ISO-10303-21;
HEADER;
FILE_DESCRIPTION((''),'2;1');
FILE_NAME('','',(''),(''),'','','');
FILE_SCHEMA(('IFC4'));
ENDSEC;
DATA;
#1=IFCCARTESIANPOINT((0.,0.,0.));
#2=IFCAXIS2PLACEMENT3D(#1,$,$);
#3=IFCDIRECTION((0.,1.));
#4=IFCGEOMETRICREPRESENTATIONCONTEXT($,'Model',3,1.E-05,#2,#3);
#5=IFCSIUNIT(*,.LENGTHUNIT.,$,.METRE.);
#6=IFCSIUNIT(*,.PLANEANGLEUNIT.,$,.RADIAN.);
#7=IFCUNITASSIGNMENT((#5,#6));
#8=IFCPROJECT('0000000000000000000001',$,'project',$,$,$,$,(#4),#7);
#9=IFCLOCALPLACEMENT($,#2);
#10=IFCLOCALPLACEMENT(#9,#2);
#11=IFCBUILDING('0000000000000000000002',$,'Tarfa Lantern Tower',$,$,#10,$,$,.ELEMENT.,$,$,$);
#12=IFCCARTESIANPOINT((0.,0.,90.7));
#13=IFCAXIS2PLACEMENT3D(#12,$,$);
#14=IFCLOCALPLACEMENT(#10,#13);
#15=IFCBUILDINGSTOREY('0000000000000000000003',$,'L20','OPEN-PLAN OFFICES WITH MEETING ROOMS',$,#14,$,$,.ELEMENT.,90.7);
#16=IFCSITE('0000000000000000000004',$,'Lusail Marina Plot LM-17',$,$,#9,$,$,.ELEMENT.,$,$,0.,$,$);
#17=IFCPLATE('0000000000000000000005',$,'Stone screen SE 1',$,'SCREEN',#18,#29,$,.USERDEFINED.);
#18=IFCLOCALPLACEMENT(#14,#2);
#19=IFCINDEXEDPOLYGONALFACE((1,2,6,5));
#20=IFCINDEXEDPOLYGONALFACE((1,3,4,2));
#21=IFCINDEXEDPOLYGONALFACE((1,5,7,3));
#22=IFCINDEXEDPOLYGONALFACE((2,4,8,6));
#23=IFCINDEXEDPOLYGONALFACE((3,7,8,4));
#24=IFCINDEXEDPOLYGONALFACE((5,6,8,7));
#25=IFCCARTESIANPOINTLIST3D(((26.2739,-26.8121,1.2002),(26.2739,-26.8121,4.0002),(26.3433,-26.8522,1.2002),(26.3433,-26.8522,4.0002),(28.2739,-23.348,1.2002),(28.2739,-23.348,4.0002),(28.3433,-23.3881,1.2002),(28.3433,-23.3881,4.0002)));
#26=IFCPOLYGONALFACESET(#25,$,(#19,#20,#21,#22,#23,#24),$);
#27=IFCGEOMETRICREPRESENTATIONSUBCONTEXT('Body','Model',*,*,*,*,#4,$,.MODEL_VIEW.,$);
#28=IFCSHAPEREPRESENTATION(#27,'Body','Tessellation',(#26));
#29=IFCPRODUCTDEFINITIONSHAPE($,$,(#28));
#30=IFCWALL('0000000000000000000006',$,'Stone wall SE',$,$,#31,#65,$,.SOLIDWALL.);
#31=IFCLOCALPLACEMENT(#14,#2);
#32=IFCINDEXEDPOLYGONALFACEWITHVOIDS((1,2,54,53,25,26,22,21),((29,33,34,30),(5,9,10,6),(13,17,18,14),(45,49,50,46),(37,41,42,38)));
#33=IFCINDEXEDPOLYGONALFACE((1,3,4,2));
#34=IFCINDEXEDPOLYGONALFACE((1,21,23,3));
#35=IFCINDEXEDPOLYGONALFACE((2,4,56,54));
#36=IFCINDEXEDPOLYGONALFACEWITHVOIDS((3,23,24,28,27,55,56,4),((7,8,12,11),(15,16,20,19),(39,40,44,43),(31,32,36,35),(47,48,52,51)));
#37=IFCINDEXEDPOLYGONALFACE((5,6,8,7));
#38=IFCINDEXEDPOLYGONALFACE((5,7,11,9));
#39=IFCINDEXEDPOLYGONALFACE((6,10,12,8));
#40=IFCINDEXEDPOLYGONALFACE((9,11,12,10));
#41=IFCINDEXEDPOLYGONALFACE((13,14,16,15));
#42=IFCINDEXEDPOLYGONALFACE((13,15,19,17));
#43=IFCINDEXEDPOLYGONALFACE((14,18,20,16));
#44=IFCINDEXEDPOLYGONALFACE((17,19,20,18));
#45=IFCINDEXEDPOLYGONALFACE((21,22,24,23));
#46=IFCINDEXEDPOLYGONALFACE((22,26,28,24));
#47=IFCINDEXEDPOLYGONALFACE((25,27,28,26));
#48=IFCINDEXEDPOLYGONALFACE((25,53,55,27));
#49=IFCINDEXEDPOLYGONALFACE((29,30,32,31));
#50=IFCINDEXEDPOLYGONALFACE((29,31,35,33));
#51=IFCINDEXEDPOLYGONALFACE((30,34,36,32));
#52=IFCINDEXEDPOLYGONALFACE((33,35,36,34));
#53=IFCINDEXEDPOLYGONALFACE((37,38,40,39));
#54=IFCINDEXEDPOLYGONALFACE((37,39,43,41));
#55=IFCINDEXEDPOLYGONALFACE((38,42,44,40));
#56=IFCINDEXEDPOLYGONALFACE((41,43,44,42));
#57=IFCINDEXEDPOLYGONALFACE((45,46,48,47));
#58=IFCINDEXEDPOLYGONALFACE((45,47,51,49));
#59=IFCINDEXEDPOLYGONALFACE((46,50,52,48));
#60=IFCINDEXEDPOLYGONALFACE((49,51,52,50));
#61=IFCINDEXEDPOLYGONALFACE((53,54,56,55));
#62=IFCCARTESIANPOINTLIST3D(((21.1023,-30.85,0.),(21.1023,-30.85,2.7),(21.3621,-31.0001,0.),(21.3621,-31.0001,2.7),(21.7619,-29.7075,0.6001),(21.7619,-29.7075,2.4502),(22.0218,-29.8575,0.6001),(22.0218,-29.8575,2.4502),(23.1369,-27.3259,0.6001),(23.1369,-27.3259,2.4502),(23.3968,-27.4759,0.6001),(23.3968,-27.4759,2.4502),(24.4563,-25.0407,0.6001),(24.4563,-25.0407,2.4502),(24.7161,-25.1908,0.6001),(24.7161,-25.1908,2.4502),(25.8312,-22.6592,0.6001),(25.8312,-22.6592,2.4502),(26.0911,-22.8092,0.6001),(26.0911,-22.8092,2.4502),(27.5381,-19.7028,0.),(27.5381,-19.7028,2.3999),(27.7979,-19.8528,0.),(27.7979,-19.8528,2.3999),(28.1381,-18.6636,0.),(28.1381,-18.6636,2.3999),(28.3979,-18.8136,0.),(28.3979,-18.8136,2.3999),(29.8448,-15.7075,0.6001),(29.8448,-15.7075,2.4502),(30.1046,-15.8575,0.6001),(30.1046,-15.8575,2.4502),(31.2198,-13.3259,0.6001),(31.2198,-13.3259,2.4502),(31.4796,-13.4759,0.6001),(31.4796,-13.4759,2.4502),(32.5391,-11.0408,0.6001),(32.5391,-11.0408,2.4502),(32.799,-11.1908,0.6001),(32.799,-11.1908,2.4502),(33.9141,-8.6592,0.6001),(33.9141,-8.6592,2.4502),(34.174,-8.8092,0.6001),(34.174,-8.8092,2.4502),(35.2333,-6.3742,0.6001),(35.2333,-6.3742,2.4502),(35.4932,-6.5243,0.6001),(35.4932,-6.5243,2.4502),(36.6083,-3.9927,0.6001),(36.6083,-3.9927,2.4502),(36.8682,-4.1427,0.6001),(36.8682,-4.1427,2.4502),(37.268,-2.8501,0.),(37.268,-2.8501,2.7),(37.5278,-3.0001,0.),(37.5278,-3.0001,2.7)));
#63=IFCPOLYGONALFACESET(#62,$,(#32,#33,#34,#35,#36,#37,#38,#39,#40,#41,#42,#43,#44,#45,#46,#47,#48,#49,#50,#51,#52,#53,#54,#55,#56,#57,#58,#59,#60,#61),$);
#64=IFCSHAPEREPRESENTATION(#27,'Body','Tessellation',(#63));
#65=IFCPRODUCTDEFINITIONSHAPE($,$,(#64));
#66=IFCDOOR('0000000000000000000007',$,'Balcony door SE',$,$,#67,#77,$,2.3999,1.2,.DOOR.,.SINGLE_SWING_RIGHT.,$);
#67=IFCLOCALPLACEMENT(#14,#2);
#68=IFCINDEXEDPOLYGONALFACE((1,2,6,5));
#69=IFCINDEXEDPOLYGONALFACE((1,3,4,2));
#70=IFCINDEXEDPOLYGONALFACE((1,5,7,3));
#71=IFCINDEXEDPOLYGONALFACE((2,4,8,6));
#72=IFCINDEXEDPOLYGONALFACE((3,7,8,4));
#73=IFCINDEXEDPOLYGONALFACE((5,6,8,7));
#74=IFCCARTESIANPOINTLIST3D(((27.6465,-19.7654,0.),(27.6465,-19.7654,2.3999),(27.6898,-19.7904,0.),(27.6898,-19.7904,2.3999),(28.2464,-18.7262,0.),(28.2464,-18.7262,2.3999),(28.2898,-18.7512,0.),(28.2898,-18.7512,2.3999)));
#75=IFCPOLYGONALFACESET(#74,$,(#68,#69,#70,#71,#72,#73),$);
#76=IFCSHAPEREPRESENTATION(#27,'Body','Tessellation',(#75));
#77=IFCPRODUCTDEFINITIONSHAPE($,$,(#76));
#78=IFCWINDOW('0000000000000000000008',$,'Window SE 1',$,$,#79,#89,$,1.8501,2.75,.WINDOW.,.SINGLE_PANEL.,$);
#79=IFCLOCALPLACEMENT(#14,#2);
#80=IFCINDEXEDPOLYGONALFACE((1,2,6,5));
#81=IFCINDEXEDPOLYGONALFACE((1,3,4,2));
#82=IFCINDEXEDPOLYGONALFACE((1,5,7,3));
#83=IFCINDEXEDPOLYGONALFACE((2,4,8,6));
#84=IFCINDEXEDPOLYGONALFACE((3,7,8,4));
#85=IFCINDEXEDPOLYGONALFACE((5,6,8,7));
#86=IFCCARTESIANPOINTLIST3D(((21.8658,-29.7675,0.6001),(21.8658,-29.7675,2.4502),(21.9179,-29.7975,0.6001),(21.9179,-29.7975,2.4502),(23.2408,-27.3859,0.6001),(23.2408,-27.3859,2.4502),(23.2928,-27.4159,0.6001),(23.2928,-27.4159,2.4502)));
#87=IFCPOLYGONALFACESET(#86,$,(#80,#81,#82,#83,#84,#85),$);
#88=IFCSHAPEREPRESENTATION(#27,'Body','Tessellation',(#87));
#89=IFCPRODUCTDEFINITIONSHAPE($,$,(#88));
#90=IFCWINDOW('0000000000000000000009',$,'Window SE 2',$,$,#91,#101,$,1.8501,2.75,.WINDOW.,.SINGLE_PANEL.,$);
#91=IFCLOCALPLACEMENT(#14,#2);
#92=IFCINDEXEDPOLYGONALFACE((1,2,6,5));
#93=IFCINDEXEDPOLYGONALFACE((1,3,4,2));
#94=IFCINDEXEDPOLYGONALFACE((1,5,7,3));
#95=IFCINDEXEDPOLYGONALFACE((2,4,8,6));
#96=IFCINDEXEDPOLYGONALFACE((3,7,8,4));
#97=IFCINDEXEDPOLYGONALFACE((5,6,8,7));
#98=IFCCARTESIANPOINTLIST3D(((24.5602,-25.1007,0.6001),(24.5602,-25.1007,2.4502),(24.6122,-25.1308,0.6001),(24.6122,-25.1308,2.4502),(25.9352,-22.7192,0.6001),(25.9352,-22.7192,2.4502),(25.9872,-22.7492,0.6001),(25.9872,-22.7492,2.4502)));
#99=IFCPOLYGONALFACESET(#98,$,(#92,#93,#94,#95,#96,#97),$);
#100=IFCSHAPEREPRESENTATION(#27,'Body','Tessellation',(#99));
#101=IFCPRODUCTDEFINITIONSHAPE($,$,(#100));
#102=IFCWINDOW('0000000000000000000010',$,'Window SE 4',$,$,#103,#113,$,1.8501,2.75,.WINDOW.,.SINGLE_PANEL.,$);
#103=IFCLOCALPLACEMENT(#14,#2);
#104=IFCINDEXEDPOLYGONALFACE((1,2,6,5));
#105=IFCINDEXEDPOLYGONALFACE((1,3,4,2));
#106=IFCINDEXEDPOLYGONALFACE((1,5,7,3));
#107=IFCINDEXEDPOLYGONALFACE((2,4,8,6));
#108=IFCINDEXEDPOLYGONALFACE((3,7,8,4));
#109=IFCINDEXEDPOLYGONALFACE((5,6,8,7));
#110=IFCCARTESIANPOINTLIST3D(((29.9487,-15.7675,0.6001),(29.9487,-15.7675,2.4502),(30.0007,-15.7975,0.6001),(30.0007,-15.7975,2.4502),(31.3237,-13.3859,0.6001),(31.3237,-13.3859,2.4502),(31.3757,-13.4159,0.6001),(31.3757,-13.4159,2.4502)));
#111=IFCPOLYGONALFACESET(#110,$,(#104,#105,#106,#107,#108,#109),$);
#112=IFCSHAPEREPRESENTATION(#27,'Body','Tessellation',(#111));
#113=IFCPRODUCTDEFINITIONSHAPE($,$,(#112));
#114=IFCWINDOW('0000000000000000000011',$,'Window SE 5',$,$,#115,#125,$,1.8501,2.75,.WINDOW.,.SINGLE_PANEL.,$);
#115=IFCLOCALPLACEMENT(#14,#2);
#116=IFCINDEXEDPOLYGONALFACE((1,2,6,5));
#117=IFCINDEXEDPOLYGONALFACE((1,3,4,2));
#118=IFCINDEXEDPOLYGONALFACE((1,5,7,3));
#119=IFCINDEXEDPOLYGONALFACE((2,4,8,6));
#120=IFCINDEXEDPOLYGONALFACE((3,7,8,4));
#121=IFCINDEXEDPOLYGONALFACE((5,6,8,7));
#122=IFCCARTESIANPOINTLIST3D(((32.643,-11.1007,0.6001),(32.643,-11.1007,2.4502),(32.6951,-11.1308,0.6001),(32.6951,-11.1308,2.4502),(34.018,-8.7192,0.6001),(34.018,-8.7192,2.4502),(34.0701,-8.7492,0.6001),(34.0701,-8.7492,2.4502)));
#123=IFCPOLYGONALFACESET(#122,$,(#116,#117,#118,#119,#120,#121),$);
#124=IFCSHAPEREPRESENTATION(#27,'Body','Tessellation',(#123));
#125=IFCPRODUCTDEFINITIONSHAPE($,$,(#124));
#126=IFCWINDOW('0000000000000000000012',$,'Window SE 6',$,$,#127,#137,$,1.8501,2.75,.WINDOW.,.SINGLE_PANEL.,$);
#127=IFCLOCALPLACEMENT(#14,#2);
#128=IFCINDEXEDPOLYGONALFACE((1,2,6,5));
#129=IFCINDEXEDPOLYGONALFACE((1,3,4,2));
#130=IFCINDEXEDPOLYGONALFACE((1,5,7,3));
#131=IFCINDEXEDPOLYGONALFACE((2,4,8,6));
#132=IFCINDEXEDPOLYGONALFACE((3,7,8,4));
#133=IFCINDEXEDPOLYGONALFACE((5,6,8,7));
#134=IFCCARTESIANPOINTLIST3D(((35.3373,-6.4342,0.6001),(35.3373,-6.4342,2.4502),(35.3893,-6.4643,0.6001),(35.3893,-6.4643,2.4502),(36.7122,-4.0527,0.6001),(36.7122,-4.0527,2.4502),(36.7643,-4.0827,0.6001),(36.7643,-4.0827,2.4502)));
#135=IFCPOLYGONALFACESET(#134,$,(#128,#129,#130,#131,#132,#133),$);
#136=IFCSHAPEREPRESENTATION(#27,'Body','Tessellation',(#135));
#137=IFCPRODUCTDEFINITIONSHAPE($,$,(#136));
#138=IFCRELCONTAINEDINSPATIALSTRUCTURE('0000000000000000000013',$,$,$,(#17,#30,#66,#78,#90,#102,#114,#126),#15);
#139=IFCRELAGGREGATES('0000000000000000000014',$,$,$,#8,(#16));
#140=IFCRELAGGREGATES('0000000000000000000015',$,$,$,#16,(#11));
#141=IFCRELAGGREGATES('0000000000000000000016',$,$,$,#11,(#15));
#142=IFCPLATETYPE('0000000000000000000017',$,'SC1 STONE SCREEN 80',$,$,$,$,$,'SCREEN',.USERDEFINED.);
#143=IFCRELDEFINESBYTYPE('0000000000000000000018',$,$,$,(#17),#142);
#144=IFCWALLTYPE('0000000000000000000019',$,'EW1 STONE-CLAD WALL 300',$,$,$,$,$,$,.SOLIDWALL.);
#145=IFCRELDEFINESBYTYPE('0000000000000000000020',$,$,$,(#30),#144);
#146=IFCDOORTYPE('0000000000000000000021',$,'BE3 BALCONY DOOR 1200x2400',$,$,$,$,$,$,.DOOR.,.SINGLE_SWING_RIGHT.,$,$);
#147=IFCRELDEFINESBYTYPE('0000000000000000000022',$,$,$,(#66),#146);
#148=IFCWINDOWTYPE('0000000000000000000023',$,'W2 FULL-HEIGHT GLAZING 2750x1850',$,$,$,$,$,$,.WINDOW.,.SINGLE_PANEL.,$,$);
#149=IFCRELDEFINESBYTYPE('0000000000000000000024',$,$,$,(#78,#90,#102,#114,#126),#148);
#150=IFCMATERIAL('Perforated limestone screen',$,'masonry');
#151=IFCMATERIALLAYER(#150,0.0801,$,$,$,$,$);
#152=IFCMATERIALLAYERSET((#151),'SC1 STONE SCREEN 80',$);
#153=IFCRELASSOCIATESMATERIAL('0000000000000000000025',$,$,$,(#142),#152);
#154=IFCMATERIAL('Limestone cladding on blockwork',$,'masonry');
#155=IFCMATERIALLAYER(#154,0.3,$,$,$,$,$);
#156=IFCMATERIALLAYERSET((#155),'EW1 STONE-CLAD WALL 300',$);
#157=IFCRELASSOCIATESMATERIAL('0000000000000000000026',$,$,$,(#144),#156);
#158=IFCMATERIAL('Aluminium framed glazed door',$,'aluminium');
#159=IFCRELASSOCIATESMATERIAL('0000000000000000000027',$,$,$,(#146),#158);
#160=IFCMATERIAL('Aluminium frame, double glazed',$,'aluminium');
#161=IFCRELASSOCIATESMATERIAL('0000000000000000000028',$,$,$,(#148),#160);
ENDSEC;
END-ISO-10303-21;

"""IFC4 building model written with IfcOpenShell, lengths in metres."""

from ifc_helpers import new_model, si_unit, direction, frame, frame_2d, origin, origin_2d, place, context, subcontext, project, spatial, rectangle, extrude, material, layer, layer_set, type_object, element, fill, save


model = new_model("IFC4")

# Units and contexts
model_context = context("Model", 3, precision=1e-05, world=origin(), true_north=direction((0.0, 1.0)))
body_context = subcontext(model_context, "Body", "Model", "MODEL_VIEW")
ifc_project = project(units=[si_unit("LENGTHUNIT", "METRE"), si_unit("PLANEANGLEUNIT", "RADIAN")], contexts=[model_context])

# Site, building, storey
site_placement = place(None, origin())
site = spatial("IfcSite", under=ifc_project, at=site_placement, Name="Lusail Marina Plot LM-17", CompositionType="ELEMENT", RefElevation=0.0)
building_placement = place(site_placement, origin())
building = spatial("IfcBuilding", under=site, at=building_placement, Name="Tarfa Lantern Tower", CompositionType="ELEMENT")
storey_placement = place(building_placement, frame((0.0, 0.0, 90.7)))
storey = spatial("IfcBuildingStorey", under=building, at=storey_placement, Name="L20", Description="OPEN-PLAN OFFICES WITH MEETING ROOMS", CompositionType="ELEMENT", Elevation=90.7)

# Plate
ifc_material_1 = material(Name="Perforated limestone screen", Category="masonry")
ifc_layer_1 = layer(ifc_material_1, 0.0801)
ifc_layer_set_1 = layer_set([ifc_layer_1], Name="SC1 STONE SCREEN 80")
plate_type = type_object("IfcPlateType", Name="SC1 STONE SCREEN 80", ElementType="SCREEN", PredefinedType="USERDEFINED", material=ifc_layer_set_1)
plate_placement = place(storey_placement, frame((27.3086, -25.1001, 1.2002), z_axis=(0.0, 0.0, 1.0), x_axis=(0.5, 0.866025, 0.0)))
element("IfcPlate", 1, at=plate_placement, inside=storey, type_object=plate_type, Name="Stone screen SE 1", ObjectType="SCREEN", PredefinedType="USERDEFINED", context=body_context, shape_type="SweptSolid", body=[
    extrude(rectangle(XDim=4.0, YDim=0.0801, at=origin_2d()), origin(), (0.0, 0.0, 1.0), 2.8),
])

# Wall, openings, door, windows
ifc_material_2 = material(Name="Limestone cladding on blockwork", Category="masonry")
ifc_layer_2 = layer(ifc_material_2, 0.3)
ifc_layer_set_2 = layer_set([ifc_layer_2], Name="EW1 STONE-CLAD WALL 300")
wall_type_1 = type_object("IfcWallType", Name="EW1 STONE-CLAD WALL 300", PredefinedType="SOLIDWALL", material=ifc_layer_set_2)
wall_1_placement = place(storey_placement, frame((21.2322, -30.925, 0.0), z_axis=(0.0, 0.0, 1.0), x_axis=(0.499999, 0.866026, 0.0)))
wall_1 = element("IfcWall", 2, at=wall_1_placement, inside=storey, type_object=wall_type_1, Name="Stone wall SE", PredefinedType="SOLIDWALL", context=body_context, shape_type="SweptSolid", body=[
    extrude(rectangle(XDim=32.3315, YDim=0.3, at=frame_2d((16.1658, 0.0))), origin(), (0.0, 0.0, 1.0), 2.7),
])
opening_1_placement = place(wall_1_placement, frame((1.3193, 0.0, 0.6001)))
opening_1 = element("IfcOpeningElement", 3, at=opening_1_placement, cuts=wall_1, PredefinedType="OPENING", context=body_context, shape_type="SweptSolid", body=[
    extrude(rectangle(XDim=2.75, YDim=1.8501, at=frame_2d((1.375, 0.925))), frame((0.0, 0.1599, 0.0), z_axis=(0.0, -1.0, 0.0), x_axis=(1.0, 0.0, 0.0)), (0.0, 0.0, 1.0), 0.3201),
])
opening_2_placement = place(wall_1_placement, frame((6.708, 0.0, 0.6001)))
opening_2 = element("IfcOpeningElement", 4, at=opening_2_placement, cuts=wall_1, PredefinedType="OPENING", context=body_context, shape_type="SweptSolid", body=[
    extrude(rectangle(XDim=2.75, YDim=1.8501, at=frame_2d((1.375, 0.925))), frame((0.0, 0.1599, 0.0), z_axis=(0.0, -1.0, 0.0), x_axis=(1.0, 0.0, 0.0)), (0.0, 0.0, 1.0), 0.3201),
])
opening_3_placement = place(wall_1_placement, frame((12.8716, 0.0, 0.0)))
opening_3 = element("IfcOpeningElement", 5, at=opening_3_placement, cuts=wall_1, PredefinedType="OPENING", context=body_context, shape_type="SweptSolid", body=[
    extrude(rectangle(XDim=1.2, YDim=2.3999, at=frame_2d((0.6001, 1.2))), frame((0.0, 0.1599, 0.0), z_axis=(0.0, -1.0, 0.0), x_axis=(1.0, 0.0, 0.0)), (0.0, 0.0, 1.0), 0.3201),
])
opening_4_placement = place(wall_1_placement, frame((17.4851, 0.0, 0.6001)))
opening_4 = element("IfcOpeningElement", 6, at=opening_4_placement, cuts=wall_1, PredefinedType="OPENING", context=body_context, shape_type="SweptSolid", body=[
    extrude(rectangle(XDim=2.75, YDim=1.8501, at=frame_2d((1.375, 0.925))), frame((0.0, 0.1599, 0.0), z_axis=(0.0, -1.0, 0.0), x_axis=(1.0, 0.0, 0.0)), (0.0, 0.0, 1.0), 0.3201),
])
opening_5_placement = place(wall_1_placement, frame((22.8738, 0.0, 0.6001)))
opening_5 = element("IfcOpeningElement", 7, at=opening_5_placement, cuts=wall_1, PredefinedType="OPENING", context=body_context, shape_type="SweptSolid", body=[
    extrude(rectangle(XDim=2.75, YDim=1.8501, at=frame_2d((1.375, 0.925))), frame((0.0, 0.1599, 0.0), z_axis=(0.0, -1.0, 0.0), x_axis=(1.0, 0.0, 0.0)), (0.0, 0.0, 1.0), 0.3201),
])
opening_6_placement = place(wall_1_placement, frame((28.2622, 0.0, 0.6001)))
opening_6 = element("IfcOpeningElement", 8, at=opening_6_placement, cuts=wall_1, PredefinedType="OPENING", context=body_context, shape_type="SweptSolid", body=[
    extrude(rectangle(XDim=2.75, YDim=1.8501, at=frame_2d((1.375, 0.925))), frame((0.0, 0.1599, 0.0), z_axis=(0.0, -1.0, 0.0), x_axis=(1.0, 0.0, 0.0)), (0.0, 0.0, 1.0), 0.3201),
])
ifc_material_3 = material(Name="Aluminium framed glazed door", Category="aluminium")
door_type_1 = type_object("IfcDoorType", Name="BE3 BALCONY DOOR 1200x2400", OperationType="SINGLE_SWING_RIGHT", PredefinedType="DOOR", material=ifc_material_3)
door_1_placement = place(opening_3_placement, origin())
door_1 = element("IfcDoor", 9, at=door_1_placement, inside=storey, type_object=door_type_1, Name="Balcony door SE", OperationType="SINGLE_SWING_RIGHT", OverallHeight=2.3999, OverallWidth=1.2, PredefinedType="DOOR", context=body_context, shape_type="SweptSolid", body=[
    extrude(rectangle(XDim=1.2, YDim=2.3999, at=frame_2d((0.6001, 1.2))), frame((0.0, 0.0249, 0.0), z_axis=(0.0, -1.0, 0.0), x_axis=(1.0, 0.0, 0.0)), (0.0, 0.0, 1.0), 0.05),
])
fill(opening_3, door_1)
ifc_material_4 = material(Name="Aluminium frame, double glazed", Category="aluminium")
window_type = type_object("IfcWindowType", Name="W2 FULL-HEIGHT GLAZING 2750x1850", PartitioningType="SINGLE_PANEL", PredefinedType="WINDOW", material=ifc_material_4)
window_1_placement = place(opening_1_placement, origin())
window_1 = element("IfcWindow", 10, at=window_1_placement, inside=storey, type_object=window_type, Name="Window SE 1", OverallHeight=1.8501, OverallWidth=2.75, PartitioningType="SINGLE_PANEL", PredefinedType="WINDOW", context=body_context, shape_type="SweptSolid", body=[
    extrude(rectangle(XDim=2.75, YDim=1.8501, at=frame_2d((1.375, 0.925))), frame((0.0, 0.03, 0.0), z_axis=(0.0, -1.0, 0.0), x_axis=(1.0, 0.0, 0.0)), (0.0, 0.0, 1.0), 0.0601),
])
fill(opening_1, window_1)
window_2_placement = place(opening_2_placement, origin())
window_2 = element("IfcWindow", 11, at=window_2_placement, inside=storey, type_object=window_type, Name="Window SE 2", OverallHeight=1.8501, OverallWidth=2.75, PartitioningType="SINGLE_PANEL", PredefinedType="WINDOW", context=body_context, shape_type="SweptSolid", body=[
    extrude(rectangle(XDim=2.75, YDim=1.8501, at=frame_2d((1.375, 0.925))), frame((0.0, 0.03, 0.0), z_axis=(0.0, -1.0, 0.0), x_axis=(1.0, 0.0, 0.0)), (0.0, 0.0, 1.0), 0.0601),
])
fill(opening_2, window_2)
window_3_placement = place(opening_4_placement, origin())
window_3 = element("IfcWindow", 12, at=window_3_placement, inside=storey, type_object=window_type, Name="Window SE 4", OverallHeight=1.8501, OverallWidth=2.75, PartitioningType="SINGLE_PANEL", PredefinedType="WINDOW", context=body_context, shape_type="SweptSolid", body=[
    extrude(rectangle(XDim=2.75, YDim=1.8501, at=frame_2d((1.375, 0.925))), frame((0.0, 0.03, 0.0), z_axis=(0.0, -1.0, 0.0), x_axis=(1.0, 0.0, 0.0)), (0.0, 0.0, 1.0), 0.0601),
])
fill(opening_4, window_3)
window_4_placement = place(opening_5_placement, origin())
window_4 = element("IfcWindow", 13, at=window_4_placement, inside=storey, type_object=window_type, Name="Window SE 5", OverallHeight=1.8501, OverallWidth=2.75, PartitioningType="SINGLE_PANEL", PredefinedType="WINDOW", context=body_context, shape_type="SweptSolid", body=[
    extrude(rectangle(XDim=2.75, YDim=1.8501, at=frame_2d((1.375, 0.925))), frame((0.0, 0.03, 0.0), z_axis=(0.0, -1.0, 0.0), x_axis=(1.0, 0.0, 0.0)), (0.0, 0.0, 1.0), 0.0601),
])
fill(opening_5, window_4)
window_5_placement = place(opening_6_placement, origin())
window_5 = element("IfcWindow", 14, at=window_5_placement, inside=storey, type_object=window_type, Name="Window SE 6", OverallHeight=1.8501, OverallWidth=2.75, PartitioningType="SINGLE_PANEL", PredefinedType="WINDOW", context=body_context, shape_type="SweptSolid", body=[
    extrude(rectangle(XDim=2.75, YDim=1.8501, at=frame_2d((1.375, 0.925))), frame((0.0, 0.03, 0.0), z_axis=(0.0, -1.0, 0.0), x_axis=(1.0, 0.0, 0.0)), (0.0, 0.0, 1.0), 0.0601),
])
fill(opening_6, window_5)

save(model, "model.ifc")
